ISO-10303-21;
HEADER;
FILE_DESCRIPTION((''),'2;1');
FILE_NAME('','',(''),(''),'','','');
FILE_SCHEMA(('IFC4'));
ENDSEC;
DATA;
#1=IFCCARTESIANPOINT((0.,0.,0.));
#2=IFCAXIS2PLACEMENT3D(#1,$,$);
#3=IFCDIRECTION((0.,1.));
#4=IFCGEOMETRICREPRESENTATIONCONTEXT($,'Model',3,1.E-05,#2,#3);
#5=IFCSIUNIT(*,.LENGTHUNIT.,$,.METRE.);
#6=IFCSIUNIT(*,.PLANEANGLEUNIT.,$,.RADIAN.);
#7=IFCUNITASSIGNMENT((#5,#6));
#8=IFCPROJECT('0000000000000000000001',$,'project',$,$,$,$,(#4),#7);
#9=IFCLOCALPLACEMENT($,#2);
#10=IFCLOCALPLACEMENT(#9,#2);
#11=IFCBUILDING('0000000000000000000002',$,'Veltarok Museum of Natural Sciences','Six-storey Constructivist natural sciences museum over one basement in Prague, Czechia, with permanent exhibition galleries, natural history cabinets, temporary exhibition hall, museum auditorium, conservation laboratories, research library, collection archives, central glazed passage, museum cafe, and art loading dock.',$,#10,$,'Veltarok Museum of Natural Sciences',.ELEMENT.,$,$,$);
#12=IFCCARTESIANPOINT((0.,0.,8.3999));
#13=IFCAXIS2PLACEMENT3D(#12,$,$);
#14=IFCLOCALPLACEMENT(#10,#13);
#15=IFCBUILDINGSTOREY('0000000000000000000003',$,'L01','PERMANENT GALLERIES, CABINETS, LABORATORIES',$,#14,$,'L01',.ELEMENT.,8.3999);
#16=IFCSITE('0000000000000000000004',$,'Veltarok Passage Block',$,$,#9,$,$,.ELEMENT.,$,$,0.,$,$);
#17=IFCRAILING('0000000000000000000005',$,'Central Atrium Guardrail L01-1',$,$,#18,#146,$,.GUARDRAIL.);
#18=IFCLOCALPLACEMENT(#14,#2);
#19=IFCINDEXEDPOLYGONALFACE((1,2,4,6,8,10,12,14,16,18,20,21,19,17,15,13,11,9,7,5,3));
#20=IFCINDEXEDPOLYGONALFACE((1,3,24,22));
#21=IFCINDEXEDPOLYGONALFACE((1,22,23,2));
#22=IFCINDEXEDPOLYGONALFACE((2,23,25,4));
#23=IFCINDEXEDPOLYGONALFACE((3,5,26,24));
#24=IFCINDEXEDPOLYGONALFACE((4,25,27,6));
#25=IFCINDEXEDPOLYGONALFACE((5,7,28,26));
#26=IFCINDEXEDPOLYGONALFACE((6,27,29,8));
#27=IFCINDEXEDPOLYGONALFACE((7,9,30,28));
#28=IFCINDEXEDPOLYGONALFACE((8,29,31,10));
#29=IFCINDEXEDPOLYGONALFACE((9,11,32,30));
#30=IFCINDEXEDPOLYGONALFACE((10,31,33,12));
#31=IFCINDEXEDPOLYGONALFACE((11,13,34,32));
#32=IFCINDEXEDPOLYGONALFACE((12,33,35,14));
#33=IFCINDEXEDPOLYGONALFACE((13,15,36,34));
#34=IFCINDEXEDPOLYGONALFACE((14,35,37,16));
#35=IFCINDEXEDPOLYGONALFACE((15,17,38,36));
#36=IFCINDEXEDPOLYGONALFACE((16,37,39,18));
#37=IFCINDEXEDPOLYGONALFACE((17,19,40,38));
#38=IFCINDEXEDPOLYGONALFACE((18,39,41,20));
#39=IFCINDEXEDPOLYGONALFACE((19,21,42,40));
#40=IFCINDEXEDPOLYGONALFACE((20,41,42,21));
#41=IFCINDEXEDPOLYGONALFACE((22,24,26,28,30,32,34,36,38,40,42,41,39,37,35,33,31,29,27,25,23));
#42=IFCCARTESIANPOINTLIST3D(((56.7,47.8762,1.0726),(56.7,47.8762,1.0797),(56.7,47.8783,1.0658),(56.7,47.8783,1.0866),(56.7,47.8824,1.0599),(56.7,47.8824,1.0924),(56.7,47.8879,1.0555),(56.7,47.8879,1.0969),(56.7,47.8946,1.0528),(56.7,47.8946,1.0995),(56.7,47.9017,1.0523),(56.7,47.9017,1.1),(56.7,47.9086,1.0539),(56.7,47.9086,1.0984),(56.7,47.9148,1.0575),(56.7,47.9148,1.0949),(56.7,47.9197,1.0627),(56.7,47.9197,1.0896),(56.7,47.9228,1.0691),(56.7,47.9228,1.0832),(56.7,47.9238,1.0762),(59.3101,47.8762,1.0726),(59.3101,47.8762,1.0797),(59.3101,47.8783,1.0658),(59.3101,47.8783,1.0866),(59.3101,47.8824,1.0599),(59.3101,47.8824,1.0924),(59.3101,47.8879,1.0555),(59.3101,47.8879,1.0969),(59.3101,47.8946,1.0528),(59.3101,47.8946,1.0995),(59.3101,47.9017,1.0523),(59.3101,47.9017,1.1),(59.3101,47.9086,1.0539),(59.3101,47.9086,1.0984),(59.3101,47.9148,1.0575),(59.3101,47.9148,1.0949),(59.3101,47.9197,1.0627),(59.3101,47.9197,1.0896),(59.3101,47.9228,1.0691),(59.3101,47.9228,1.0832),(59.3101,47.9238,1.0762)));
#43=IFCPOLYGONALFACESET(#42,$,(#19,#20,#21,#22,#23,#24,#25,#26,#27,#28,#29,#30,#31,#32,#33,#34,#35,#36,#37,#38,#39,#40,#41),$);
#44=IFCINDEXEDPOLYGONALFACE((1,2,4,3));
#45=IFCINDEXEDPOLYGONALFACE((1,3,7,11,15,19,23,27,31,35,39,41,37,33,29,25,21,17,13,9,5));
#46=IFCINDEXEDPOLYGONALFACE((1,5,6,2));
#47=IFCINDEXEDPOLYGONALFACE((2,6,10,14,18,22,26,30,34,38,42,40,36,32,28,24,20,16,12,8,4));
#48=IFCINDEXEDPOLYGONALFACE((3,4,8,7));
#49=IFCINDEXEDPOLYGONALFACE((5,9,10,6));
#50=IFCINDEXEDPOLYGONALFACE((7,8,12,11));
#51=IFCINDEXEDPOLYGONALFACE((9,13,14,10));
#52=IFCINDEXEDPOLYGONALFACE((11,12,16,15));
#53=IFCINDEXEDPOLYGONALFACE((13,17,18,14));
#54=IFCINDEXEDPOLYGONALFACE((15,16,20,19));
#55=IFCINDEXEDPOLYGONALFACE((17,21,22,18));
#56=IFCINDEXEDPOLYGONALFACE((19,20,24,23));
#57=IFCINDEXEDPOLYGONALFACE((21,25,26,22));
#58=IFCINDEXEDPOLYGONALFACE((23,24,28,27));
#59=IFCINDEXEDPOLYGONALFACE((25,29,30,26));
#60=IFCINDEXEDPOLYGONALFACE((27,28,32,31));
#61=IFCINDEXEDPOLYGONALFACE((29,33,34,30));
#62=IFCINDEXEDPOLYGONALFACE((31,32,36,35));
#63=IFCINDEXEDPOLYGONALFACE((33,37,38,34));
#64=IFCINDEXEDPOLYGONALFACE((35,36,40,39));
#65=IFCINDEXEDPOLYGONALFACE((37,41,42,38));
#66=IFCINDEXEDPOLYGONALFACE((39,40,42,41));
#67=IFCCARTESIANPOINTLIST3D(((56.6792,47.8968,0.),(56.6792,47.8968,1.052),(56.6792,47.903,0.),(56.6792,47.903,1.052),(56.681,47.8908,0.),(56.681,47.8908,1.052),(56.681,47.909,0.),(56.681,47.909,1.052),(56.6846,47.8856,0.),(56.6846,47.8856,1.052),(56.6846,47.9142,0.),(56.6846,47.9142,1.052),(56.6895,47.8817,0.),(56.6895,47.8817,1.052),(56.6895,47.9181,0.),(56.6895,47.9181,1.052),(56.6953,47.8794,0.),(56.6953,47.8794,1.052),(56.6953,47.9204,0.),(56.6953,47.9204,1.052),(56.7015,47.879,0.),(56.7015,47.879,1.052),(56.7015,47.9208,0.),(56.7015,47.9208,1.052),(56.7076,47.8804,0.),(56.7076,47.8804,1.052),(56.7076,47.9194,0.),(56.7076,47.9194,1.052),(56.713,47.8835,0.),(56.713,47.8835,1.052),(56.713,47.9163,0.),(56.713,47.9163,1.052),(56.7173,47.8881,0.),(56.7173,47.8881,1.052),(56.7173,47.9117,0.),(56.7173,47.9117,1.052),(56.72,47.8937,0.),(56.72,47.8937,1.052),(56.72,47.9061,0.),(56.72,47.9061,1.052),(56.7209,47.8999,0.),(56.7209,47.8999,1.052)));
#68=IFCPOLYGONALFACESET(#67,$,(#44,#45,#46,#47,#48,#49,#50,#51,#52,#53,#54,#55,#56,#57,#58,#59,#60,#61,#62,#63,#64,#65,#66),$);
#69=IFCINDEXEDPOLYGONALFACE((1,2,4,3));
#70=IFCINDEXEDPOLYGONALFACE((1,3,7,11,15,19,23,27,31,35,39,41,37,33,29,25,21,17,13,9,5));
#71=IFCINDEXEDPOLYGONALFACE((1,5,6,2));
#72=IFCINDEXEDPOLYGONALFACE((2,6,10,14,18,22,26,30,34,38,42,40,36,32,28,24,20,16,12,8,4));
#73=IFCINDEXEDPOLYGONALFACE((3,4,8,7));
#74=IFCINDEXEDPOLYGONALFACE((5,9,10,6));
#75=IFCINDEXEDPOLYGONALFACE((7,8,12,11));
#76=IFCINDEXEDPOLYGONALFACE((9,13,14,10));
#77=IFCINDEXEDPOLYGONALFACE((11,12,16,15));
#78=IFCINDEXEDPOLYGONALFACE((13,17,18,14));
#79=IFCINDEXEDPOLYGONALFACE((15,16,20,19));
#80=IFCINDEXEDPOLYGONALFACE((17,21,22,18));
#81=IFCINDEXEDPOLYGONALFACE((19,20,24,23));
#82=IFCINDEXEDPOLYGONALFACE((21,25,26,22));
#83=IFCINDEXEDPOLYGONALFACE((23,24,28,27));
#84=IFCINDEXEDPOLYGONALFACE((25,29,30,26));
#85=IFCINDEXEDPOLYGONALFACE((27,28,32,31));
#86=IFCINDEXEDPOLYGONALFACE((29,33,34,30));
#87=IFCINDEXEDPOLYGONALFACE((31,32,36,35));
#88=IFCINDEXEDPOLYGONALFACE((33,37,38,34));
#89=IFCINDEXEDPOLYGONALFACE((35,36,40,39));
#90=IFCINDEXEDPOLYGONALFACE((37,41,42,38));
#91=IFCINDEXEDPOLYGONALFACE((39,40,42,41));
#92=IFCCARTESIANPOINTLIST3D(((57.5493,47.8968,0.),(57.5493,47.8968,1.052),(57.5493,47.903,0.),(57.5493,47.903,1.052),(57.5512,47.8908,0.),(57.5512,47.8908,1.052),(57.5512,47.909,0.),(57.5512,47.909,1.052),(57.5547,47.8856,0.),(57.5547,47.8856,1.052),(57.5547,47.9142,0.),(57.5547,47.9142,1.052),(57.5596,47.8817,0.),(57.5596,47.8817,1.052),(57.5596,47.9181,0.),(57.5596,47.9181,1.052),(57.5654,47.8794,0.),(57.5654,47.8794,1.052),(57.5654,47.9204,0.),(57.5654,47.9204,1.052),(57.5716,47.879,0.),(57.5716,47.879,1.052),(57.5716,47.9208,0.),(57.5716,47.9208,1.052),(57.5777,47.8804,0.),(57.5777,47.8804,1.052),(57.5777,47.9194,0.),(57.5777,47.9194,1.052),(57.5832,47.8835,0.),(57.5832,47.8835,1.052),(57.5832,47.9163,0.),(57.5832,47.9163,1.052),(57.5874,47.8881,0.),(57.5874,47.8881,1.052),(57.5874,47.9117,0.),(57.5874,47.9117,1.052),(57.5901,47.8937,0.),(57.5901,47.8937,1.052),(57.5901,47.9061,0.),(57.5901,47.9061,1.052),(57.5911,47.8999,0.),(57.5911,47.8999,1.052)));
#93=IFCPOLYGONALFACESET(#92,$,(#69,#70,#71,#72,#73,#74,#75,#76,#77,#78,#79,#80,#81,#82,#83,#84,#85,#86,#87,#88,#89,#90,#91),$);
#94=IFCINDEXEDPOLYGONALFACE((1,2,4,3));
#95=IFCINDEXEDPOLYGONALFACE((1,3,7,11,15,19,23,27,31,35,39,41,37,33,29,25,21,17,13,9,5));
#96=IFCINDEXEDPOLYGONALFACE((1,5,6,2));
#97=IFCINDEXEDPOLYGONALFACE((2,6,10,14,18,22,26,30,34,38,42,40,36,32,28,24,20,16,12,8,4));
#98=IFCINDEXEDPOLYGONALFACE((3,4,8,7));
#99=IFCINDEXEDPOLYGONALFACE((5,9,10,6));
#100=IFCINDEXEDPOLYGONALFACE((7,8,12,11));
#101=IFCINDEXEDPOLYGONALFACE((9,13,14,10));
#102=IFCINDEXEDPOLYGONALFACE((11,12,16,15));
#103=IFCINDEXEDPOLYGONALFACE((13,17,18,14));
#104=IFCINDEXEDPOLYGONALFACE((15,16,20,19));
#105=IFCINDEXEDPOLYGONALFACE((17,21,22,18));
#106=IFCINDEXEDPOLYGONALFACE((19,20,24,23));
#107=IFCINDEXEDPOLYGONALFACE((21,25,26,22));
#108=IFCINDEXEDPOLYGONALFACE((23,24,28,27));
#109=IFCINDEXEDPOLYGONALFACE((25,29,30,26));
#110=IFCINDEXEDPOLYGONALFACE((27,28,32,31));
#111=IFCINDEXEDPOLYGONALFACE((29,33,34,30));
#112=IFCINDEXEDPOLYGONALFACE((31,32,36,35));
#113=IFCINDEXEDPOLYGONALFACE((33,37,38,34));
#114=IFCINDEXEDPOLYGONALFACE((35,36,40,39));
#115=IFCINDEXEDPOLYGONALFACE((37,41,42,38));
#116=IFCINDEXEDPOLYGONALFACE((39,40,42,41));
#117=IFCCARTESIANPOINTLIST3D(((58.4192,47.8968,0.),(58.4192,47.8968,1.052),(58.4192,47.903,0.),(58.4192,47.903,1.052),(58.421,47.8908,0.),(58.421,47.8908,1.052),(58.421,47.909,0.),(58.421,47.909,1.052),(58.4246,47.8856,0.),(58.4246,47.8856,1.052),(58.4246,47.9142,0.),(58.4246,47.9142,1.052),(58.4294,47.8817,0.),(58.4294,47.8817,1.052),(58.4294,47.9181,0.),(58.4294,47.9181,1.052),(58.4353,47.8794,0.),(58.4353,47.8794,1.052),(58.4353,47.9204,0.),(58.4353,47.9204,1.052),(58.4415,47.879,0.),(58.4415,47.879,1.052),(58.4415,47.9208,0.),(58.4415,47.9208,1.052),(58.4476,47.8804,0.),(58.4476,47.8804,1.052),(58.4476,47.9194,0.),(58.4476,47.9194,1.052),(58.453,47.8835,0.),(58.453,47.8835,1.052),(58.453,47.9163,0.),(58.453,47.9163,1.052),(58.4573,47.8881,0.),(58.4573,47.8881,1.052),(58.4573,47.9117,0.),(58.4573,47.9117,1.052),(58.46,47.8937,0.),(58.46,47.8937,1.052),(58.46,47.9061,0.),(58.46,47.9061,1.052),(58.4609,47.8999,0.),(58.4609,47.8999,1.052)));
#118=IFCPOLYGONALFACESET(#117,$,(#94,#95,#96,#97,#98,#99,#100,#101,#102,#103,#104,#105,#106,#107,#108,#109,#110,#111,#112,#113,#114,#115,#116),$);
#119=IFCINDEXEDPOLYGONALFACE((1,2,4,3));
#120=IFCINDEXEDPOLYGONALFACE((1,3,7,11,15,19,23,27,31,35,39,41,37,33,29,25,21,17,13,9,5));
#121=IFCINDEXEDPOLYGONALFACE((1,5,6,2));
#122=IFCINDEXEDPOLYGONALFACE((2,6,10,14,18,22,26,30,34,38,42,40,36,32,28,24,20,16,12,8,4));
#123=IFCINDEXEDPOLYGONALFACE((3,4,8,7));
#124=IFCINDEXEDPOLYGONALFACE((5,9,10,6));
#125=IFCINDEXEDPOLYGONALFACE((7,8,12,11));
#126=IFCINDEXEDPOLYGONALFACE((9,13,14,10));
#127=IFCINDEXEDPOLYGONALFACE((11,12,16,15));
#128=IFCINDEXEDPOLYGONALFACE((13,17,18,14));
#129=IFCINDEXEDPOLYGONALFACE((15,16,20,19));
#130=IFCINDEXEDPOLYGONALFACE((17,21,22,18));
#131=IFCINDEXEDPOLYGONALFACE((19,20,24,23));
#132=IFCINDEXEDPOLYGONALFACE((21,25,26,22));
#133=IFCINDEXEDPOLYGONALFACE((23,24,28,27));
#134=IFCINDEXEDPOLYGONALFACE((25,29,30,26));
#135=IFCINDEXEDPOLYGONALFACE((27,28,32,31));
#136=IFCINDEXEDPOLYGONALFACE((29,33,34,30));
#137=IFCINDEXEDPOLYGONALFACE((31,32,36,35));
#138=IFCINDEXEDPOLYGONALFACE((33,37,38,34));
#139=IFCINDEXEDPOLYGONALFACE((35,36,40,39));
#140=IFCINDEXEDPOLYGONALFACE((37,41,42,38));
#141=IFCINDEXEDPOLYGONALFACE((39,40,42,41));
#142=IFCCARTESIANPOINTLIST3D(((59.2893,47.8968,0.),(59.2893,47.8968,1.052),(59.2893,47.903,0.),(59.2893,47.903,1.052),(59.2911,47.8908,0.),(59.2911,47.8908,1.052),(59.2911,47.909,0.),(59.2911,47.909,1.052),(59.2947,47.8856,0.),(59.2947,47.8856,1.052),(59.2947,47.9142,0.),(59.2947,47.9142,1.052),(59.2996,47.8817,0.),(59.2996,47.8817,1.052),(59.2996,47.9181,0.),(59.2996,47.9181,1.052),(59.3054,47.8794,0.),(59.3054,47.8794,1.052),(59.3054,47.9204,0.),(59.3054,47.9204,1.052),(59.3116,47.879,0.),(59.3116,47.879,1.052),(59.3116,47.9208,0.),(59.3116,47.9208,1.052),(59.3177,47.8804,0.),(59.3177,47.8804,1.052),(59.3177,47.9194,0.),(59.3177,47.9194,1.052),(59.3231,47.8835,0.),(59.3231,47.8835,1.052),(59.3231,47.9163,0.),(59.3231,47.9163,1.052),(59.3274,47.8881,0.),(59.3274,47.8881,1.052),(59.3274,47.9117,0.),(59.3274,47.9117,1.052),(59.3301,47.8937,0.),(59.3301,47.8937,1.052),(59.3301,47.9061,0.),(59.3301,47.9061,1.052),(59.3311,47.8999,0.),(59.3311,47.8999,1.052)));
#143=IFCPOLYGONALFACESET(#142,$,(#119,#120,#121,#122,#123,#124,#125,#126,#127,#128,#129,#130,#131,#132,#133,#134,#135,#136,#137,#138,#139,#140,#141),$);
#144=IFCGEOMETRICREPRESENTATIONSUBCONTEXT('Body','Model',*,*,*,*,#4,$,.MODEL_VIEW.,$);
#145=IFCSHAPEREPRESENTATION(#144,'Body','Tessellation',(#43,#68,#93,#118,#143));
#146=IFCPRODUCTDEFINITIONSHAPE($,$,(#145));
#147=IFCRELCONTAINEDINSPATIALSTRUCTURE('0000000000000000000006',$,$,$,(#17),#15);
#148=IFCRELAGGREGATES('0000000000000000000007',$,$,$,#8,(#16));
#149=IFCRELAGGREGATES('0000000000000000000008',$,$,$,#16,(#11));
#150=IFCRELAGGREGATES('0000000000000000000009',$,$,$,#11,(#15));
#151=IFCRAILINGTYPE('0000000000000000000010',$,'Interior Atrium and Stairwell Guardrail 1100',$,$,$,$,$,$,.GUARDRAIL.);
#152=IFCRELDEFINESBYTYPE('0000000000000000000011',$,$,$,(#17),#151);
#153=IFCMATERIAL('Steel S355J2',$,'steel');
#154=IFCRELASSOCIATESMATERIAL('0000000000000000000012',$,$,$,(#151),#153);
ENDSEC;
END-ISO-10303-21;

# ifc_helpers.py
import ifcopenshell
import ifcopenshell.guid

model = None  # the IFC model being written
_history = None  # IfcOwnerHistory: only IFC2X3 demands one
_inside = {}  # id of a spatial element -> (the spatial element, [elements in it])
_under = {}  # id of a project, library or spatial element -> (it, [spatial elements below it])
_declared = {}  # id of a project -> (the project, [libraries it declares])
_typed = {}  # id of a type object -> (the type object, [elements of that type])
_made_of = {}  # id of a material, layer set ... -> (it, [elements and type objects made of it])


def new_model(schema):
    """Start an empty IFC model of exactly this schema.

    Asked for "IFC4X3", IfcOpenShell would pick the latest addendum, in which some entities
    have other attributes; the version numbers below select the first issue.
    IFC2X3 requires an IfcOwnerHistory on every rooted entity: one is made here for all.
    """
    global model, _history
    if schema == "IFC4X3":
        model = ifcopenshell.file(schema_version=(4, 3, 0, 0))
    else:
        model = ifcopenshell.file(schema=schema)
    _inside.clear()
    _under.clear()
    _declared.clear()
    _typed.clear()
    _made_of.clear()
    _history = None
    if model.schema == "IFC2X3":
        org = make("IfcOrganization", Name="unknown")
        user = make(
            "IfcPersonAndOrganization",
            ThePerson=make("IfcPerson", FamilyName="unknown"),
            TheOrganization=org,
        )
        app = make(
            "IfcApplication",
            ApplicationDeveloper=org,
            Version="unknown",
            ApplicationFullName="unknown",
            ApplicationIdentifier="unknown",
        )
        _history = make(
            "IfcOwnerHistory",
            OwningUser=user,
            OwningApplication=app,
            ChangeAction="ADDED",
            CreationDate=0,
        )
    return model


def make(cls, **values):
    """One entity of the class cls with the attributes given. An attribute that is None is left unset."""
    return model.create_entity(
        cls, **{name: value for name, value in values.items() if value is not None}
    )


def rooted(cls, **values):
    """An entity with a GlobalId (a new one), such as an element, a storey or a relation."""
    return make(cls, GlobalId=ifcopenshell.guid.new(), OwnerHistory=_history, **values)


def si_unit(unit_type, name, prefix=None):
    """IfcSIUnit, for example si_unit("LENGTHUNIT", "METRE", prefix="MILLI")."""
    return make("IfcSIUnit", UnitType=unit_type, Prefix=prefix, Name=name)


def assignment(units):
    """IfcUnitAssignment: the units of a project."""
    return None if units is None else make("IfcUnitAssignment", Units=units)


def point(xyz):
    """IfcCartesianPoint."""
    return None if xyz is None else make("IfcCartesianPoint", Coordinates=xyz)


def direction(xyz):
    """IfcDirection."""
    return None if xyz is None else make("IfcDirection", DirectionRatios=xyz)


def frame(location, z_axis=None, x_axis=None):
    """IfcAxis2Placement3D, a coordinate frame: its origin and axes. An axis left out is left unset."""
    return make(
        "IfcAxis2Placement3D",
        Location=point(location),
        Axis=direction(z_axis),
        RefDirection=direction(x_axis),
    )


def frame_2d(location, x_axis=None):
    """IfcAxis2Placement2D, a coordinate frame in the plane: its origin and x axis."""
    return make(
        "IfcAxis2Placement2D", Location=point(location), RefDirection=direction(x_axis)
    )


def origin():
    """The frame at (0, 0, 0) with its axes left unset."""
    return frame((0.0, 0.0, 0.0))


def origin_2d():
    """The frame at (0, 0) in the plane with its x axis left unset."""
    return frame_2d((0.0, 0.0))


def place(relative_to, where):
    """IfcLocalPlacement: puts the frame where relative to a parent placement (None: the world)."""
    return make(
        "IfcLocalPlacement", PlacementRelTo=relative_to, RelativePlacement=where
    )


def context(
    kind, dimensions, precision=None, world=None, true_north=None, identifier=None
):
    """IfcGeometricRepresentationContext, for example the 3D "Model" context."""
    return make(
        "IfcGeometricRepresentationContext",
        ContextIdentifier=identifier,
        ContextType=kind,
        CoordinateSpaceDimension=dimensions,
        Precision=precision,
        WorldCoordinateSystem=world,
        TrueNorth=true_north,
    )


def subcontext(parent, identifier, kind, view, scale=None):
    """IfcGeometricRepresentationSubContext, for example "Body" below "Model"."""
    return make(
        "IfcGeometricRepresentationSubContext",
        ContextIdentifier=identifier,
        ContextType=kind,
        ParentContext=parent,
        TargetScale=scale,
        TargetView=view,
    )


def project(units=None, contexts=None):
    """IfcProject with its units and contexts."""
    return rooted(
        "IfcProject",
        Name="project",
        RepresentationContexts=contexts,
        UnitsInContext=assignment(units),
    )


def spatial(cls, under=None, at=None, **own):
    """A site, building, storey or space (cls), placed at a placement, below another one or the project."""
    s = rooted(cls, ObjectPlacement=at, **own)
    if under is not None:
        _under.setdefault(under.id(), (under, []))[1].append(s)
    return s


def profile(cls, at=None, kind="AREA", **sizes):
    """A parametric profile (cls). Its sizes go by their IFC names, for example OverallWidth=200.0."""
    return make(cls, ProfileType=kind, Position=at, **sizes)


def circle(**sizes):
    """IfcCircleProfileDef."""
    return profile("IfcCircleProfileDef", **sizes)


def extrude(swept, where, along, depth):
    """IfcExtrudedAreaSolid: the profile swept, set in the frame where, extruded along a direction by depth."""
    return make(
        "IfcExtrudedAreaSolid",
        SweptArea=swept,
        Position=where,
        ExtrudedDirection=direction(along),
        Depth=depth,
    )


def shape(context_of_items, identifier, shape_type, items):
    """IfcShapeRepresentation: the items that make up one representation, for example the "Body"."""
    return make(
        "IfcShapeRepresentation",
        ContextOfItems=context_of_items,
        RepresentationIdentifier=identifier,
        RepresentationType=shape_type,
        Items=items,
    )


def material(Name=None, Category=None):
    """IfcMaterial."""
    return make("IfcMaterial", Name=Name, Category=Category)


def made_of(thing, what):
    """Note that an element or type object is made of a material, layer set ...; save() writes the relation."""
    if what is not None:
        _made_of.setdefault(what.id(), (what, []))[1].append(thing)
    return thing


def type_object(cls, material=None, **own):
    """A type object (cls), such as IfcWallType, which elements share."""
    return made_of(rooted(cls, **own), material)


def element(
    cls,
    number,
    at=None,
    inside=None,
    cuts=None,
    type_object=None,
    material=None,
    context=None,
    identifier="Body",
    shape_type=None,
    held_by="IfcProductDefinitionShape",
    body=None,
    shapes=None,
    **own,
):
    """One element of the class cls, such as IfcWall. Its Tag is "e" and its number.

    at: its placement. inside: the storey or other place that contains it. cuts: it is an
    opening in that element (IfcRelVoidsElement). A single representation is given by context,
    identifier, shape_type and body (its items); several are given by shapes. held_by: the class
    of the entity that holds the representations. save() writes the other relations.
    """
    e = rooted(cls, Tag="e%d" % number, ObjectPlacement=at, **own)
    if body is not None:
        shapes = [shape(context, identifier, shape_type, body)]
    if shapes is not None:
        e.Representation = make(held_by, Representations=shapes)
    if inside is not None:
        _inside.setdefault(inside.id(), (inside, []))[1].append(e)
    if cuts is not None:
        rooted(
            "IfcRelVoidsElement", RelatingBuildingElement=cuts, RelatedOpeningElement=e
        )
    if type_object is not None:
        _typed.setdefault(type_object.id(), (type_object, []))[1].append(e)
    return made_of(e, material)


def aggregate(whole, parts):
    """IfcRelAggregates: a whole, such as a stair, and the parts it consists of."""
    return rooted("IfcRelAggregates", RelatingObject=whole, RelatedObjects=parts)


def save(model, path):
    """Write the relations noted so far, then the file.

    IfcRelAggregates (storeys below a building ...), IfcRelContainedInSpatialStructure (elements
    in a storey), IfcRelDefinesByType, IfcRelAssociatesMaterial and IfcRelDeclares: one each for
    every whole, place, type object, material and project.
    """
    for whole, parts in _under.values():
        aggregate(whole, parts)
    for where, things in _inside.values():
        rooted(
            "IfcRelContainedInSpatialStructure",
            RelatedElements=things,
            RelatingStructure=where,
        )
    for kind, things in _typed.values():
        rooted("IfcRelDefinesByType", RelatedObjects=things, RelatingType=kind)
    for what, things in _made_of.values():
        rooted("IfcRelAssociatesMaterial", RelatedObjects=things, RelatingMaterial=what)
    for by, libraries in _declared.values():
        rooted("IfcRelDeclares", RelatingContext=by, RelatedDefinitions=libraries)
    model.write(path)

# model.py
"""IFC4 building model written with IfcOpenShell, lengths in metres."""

from ifc_helpers import new_model, si_unit, direction, frame, origin, origin_2d, place, context, subcontext, project, spatial, circle, extrude, material, type_object, element, save


model = new_model("IFC4")

# Units and contexts
model_context = context("Model", 3, precision=1e-05, world=origin(), true_north=direction((0.0, 1.0)))
body_context = subcontext(model_context, "Body", "Model", "MODEL_VIEW")
ifc_project = project(units=[si_unit("LENGTHUNIT", "METRE"), si_unit("PLANEANGLEUNIT", "RADIAN")], contexts=[model_context])

# Site, building, storey
site_placement = place(None, origin())
site = spatial("IfcSite", under=ifc_project, at=site_placement, Name="Veltarok Passage Block", CompositionType="ELEMENT", RefElevation=0.0)
building_placement = place(site_placement, origin())
building = spatial("IfcBuilding", under=site, at=building_placement, Name="Veltarok Museum of Natural Sciences", Description="Six-storey Constructivist natural sciences museum over one basement in Prague, Czechia, with permanent exhibition galleries, natural history cabinets, temporary exhibition hall, museum auditorium, conservation laboratories, research library, collection archives, central glazed passage, museum cafe, and art loading dock.", LongName="Veltarok Museum of Natural Sciences", CompositionType="ELEMENT")
storey_placement = place(building_placement, frame((0.0, 0.0, 8.3999)))
storey = spatial("IfcBuildingStorey", under=building, at=storey_placement, Name="L01", Description="PERMANENT GALLERIES, CABINETS, LABORATORIES", LongName="L01", CompositionType="ELEMENT", Elevation=8.3999)

# Shared definitions
ifc_material = material(Name="Steel S355J2", Category="steel")

# Railing
railing_type = type_object("IfcRailingType", Name="Interior Atrium and Stairwell Guardrail 1100", PredefinedType="GUARDRAIL", material=ifc_material)
railing_1_placement = place(storey_placement, frame((56.7, 47.8999, 0.0)))
element("IfcRailing", 1, at=railing_1_placement, inside=storey, type_object=railing_type, Name="Central Atrium Guardrail L01-1", PredefinedType="GUARDRAIL", context=body_context, shape_type="SweptSolid", body=[
    extrude(circle(Radius=0.0239, at=origin_2d()), frame((0.0, 0.0, 1.0762), z_axis=(1.0, 0.0, 0.0), x_axis=(0.0, 1.0, 0.0)), (0.0, 0.0, 1.0), 2.6101),
    extrude(circle(Radius=0.021, at=origin_2d()), origin(), (0.0, 0.0, 1.0), 1.052),
    extrude(circle(Radius=0.021, at=origin_2d()), frame((0.8701, 0.0, 0.0)), (0.0, 0.0, 1.0), 1.052),
    extrude(circle(Radius=0.021, at=origin_2d()), frame((1.74, 0.0, 0.0)), (0.0, 0.0, 1.0), 1.052),
    extrude(circle(Radius=0.021, at=origin_2d()), frame((2.6101, 0.0, 0.0)), (0.0, 0.0, 1.0), 1.052),
])

save(model, "model.ifc")
